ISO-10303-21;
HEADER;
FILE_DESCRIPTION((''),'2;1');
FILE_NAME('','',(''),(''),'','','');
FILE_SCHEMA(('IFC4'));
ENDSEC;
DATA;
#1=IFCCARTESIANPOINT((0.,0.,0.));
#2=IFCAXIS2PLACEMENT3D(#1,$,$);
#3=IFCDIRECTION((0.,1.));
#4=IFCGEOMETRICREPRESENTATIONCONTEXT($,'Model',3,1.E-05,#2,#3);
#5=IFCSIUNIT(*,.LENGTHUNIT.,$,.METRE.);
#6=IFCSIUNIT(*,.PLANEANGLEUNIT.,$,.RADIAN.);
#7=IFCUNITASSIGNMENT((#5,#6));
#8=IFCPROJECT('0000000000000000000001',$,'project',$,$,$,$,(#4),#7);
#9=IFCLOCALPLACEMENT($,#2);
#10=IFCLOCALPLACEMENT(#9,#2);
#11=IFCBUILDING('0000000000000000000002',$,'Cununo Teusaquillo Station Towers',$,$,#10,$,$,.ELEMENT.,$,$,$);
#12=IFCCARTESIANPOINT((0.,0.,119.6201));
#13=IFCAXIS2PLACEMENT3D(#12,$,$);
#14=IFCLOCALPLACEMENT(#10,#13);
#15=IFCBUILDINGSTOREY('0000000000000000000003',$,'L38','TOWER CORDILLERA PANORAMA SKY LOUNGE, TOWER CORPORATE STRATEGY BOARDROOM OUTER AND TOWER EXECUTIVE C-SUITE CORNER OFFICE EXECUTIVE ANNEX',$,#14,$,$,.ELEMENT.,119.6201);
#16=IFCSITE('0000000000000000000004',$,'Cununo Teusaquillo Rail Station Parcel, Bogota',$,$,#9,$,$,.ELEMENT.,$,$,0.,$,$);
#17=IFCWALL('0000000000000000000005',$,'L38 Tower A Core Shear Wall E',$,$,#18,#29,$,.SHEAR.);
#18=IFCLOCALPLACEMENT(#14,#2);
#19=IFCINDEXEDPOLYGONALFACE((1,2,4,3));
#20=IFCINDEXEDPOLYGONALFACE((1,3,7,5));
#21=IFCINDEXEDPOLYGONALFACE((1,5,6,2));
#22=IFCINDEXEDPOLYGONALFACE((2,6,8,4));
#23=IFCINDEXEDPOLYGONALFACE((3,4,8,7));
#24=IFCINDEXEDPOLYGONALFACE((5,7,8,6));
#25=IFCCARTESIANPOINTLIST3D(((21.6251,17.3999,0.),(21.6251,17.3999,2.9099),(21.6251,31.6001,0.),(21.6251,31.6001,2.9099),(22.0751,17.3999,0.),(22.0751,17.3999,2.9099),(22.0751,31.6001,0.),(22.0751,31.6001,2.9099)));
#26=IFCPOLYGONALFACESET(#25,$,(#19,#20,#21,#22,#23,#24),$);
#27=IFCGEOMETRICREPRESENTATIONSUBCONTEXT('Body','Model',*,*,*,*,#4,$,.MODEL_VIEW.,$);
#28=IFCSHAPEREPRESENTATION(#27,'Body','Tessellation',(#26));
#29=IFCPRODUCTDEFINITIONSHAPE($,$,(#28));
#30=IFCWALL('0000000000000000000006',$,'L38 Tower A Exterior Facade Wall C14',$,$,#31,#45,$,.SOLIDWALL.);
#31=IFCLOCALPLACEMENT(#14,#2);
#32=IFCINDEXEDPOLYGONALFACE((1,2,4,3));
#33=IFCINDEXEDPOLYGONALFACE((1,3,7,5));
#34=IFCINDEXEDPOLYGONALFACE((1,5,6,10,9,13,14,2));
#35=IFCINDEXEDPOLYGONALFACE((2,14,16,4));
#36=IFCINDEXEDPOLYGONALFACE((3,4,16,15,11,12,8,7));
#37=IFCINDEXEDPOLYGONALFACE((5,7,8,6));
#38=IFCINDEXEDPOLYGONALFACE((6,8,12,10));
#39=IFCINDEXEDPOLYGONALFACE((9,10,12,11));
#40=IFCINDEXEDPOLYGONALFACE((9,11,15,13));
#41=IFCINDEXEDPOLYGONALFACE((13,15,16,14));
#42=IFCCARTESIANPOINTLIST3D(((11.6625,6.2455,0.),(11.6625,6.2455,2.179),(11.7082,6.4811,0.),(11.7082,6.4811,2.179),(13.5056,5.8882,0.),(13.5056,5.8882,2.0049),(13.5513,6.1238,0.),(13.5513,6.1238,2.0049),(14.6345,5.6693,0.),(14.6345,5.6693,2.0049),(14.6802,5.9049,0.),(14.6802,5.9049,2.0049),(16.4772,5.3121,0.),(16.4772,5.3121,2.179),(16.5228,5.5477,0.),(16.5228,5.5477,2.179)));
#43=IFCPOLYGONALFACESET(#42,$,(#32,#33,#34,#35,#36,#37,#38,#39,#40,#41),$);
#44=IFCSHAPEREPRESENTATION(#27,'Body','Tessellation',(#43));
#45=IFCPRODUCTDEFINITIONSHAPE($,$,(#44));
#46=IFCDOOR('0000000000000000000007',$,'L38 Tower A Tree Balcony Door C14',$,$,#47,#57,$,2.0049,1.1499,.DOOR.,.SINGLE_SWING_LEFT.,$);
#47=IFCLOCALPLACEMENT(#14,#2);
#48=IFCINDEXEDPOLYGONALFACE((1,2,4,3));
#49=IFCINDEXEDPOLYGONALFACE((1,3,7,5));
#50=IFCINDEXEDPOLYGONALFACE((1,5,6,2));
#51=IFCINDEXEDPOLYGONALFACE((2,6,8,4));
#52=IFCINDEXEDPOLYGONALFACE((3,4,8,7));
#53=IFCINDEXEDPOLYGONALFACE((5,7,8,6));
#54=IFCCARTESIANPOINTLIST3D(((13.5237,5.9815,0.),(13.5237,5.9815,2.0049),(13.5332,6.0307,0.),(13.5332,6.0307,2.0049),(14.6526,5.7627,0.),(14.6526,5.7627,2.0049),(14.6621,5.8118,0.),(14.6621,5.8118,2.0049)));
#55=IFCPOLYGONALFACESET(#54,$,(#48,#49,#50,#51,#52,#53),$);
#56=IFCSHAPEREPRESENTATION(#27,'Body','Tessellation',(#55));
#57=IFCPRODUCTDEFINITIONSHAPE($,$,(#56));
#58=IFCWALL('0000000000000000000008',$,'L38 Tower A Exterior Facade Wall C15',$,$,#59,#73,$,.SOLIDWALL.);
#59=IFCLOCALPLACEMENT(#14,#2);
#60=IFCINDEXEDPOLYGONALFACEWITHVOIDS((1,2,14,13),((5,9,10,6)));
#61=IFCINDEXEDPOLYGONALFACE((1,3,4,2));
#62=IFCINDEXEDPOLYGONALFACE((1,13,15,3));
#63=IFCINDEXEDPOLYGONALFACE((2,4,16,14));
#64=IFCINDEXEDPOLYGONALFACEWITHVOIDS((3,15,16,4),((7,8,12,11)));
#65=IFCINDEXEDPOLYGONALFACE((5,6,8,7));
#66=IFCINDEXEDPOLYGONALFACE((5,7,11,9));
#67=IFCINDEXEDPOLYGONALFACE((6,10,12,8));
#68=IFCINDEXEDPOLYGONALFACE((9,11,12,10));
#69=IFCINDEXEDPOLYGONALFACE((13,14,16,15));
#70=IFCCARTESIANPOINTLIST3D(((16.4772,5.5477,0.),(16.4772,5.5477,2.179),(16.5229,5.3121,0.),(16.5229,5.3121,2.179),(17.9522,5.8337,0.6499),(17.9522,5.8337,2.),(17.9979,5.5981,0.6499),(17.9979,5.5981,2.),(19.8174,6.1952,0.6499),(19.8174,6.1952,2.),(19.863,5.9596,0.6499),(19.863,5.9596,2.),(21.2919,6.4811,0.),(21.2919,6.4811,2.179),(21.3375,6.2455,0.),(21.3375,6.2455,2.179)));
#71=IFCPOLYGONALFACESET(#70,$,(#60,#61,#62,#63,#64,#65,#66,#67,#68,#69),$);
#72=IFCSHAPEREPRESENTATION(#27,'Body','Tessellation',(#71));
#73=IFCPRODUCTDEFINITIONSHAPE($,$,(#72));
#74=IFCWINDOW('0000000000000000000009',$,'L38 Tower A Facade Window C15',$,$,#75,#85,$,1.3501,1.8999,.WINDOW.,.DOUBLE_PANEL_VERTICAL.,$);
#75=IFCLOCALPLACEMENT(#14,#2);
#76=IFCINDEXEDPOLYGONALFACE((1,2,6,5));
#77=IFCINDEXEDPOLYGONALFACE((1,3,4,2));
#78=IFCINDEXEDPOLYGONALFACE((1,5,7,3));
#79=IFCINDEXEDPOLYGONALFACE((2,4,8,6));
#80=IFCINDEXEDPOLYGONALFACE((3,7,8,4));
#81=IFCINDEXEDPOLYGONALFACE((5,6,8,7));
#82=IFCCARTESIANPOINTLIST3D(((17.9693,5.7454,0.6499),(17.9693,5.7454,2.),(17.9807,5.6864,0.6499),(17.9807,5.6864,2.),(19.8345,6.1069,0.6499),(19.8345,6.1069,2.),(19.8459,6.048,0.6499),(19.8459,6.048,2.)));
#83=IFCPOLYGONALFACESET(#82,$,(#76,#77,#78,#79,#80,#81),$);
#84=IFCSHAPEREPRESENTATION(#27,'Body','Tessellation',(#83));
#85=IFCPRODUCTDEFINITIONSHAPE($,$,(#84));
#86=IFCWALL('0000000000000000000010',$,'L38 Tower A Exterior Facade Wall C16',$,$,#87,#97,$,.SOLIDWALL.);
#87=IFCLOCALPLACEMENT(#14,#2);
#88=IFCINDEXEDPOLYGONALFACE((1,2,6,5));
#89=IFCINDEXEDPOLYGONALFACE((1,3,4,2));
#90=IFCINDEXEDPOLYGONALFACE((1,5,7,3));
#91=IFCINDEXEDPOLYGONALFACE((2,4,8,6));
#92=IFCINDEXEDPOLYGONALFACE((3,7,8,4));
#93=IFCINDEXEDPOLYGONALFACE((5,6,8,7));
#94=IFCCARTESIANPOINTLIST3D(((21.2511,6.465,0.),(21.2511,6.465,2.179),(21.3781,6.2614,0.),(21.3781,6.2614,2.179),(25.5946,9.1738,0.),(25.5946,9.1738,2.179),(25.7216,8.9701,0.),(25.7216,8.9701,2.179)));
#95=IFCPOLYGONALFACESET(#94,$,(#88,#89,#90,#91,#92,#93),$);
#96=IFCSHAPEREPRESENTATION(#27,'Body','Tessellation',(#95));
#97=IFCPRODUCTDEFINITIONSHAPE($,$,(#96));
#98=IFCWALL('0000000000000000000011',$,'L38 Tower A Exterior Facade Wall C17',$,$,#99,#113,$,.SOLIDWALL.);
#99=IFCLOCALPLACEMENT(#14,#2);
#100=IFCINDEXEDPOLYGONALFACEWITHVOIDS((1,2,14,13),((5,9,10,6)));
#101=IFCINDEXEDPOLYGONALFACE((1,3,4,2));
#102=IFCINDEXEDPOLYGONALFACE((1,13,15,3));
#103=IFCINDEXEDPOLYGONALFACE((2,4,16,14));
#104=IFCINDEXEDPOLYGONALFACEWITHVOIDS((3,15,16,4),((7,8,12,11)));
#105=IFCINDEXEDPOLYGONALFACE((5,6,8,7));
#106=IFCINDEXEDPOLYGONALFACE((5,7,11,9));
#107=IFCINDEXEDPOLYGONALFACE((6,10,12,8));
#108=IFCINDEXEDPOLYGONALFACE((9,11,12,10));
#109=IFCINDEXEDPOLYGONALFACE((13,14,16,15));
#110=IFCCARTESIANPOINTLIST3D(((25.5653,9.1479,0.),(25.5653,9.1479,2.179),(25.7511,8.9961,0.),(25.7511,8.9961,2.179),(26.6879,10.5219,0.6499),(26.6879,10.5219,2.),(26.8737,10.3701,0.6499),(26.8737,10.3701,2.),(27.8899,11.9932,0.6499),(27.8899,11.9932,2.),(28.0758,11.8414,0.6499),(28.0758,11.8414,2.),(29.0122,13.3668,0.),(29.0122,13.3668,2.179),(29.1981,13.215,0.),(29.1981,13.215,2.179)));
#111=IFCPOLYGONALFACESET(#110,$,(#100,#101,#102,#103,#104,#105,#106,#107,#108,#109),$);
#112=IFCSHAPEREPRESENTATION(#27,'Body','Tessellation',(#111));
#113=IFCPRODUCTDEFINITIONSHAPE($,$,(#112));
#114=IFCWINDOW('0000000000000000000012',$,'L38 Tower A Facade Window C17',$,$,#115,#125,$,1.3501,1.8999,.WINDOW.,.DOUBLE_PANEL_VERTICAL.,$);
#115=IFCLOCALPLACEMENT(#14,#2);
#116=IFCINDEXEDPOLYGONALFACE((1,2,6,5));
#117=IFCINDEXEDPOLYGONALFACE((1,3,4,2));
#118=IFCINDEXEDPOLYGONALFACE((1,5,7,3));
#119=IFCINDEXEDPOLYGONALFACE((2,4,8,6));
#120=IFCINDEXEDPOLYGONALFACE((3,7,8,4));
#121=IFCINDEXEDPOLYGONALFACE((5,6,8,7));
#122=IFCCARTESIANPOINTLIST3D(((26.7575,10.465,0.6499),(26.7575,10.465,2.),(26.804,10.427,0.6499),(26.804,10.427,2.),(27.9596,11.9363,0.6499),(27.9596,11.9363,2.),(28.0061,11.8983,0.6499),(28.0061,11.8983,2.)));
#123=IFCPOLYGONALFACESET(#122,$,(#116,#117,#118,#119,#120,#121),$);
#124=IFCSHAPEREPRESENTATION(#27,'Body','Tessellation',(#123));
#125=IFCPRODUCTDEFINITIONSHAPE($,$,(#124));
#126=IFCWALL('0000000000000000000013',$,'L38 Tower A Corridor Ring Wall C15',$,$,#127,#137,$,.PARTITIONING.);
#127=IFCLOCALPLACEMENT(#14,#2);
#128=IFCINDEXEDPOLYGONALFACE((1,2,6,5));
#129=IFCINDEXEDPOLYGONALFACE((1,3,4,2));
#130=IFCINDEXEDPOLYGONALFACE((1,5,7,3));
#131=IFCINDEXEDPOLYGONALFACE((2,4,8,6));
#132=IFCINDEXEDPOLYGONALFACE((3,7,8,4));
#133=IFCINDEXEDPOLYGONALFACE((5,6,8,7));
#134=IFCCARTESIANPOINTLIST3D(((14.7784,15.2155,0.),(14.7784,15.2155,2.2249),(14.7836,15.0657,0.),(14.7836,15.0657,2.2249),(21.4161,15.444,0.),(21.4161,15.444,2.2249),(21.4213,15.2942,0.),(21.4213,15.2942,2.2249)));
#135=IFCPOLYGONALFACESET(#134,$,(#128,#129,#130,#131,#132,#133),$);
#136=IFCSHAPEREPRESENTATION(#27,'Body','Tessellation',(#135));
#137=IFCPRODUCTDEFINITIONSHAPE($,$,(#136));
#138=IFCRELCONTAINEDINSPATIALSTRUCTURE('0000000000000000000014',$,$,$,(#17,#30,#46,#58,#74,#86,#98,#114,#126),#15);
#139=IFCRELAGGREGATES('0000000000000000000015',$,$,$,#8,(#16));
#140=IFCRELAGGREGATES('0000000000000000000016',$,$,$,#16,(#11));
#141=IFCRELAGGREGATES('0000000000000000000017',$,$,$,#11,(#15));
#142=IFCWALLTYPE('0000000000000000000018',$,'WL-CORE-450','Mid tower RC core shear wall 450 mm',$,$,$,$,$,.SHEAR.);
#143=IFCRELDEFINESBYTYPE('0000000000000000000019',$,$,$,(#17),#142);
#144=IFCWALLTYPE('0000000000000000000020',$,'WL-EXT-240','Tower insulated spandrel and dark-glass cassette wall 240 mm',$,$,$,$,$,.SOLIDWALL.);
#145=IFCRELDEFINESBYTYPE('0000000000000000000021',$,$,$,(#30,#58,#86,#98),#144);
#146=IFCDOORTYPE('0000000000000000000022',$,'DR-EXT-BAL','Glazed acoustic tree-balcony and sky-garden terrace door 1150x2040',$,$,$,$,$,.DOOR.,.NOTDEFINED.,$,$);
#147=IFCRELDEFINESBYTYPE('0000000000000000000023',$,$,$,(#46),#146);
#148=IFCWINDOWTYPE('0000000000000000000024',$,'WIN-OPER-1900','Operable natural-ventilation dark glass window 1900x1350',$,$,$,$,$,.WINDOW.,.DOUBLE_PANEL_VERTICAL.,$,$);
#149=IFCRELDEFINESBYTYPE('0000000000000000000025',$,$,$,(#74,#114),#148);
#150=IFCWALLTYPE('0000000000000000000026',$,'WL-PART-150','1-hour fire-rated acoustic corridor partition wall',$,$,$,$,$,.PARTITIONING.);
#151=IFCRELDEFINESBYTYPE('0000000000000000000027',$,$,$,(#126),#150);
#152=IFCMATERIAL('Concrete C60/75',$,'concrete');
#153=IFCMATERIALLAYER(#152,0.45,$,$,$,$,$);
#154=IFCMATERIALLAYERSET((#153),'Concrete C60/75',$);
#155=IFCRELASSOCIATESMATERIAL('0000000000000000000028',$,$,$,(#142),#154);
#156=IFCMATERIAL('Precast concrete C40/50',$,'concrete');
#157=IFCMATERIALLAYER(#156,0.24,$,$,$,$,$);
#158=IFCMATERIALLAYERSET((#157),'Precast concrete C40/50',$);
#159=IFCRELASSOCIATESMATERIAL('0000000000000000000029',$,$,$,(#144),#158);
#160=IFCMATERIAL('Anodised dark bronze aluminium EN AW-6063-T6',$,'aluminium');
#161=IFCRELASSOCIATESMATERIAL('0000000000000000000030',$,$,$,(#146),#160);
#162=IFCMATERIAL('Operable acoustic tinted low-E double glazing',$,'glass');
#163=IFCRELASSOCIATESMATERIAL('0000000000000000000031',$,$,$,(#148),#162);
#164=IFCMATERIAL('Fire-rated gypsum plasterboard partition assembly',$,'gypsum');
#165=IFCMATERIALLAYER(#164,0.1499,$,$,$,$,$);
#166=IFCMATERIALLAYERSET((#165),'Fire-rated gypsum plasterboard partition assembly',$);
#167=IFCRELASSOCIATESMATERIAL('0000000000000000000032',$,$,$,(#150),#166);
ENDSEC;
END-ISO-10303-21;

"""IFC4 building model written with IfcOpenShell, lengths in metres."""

from ifc_helpers import new_model, si_unit, direction, frame, frame_2d, origin, place, context, subcontext, project, spatial, rectangle, extrude, source, transform, mapped, material, layer, layer_set, type_object, element, fill, save


model = new_model("IFC4")

# Units and contexts
model_context = context("Model", 3, precision=1e-05, world=origin(), true_north=direction((0.0, 1.0)))
body_context = subcontext(model_context, "Body", "Model", "MODEL_VIEW")
ifc_project = project(units=[si_unit("LENGTHUNIT", "METRE"), si_unit("PLANEANGLEUNIT", "RADIAN")], contexts=[model_context])

# Site, building, storey
site_placement = place(None, origin())
site = spatial("IfcSite", under=ifc_project, at=site_placement, Name="Cununo Teusaquillo Rail Station Parcel, Bogota", CompositionType="ELEMENT", RefElevation=0.0)
building_placement = place(site_placement, origin())
building = spatial("IfcBuilding", under=site, at=building_placement, Name="Cununo Teusaquillo Station Towers", CompositionType="ELEMENT")
storey_placement = place(building_placement, frame((0.0, 0.0, 119.6201)))
storey = spatial("IfcBuildingStorey", under=building, at=storey_placement, Name="L38", Description="TOWER CORDILLERA PANORAMA SKY LOUNGE, TOWER CORPORATE STRATEGY BOARDROOM OUTER AND TOWER EXECUTIVE C-SUITE CORNER OFFICE EXECUTIVE ANNEX", CompositionType="ELEMENT", Elevation=119.6201)

# Wall
ifc_material_1 = material(Name="Concrete C60/75", Category="concrete")
ifc_layer_1 = layer(ifc_material_1, 0.45)
ifc_layer_set_1 = layer_set([ifc_layer_1], Name="Concrete C60/75")
wall_type_1 = type_object("IfcWallType", Name="WL-CORE-450", Description="Mid tower RC core shear wall 450 mm", PredefinedType="SHEAR", material=ifc_layer_set_1)
wall_1_placement = place(storey_placement, frame((21.8501, 17.3999, 0.0), z_axis=(0.0, 0.0, 1.0), x_axis=(0.0, 1.0, 0.0)))
element("IfcWall", 1, at=wall_1_placement, inside=storey, type_object=wall_type_1, Name="L38 Tower A Core Shear Wall E", PredefinedType="SHEAR", context=body_context, shape_type="SweptSolid", body=[
    extrude(rectangle(XDim=14.2002, YDim=0.45, at=frame_2d((7.1001, 0.0))), origin(), (0.0, 0.0, 1.0), 2.9099),
])

# Wall, opening, door
ifc_material_2 = material(Name="Precast concrete C40/50", Category="concrete")
ifc_layer_2 = layer(ifc_material_2, 0.24)
ifc_layer_set_2 = layer_set([ifc_layer_2], Name="Precast concrete C40/50")
wall_type_2 = type_object("IfcWallType", Name="WL-EXT-240", Description="Tower insulated spandrel and dark-glass cassette wall 240 mm", PredefinedType="SOLIDWALL", material=ifc_layer_set_2)
wall_2_placement = place(storey_placement, frame((16.5, 5.4299, 0.0), z_axis=(0.0, 0.0, 1.0), x_axis=(-0.981724, 0.190311, 0.0)))
wall_2 = element("IfcWall", 2, at=wall_2_placement, inside=storey, type_object=wall_type_2, Name="L38 Tower A Exterior Facade Wall C14", PredefinedType="SOLIDWALL", context=body_context, shape_type="SweptSolid", body=[
    extrude(rectangle(XDim=4.9043, YDim=0.24, at=frame_2d((2.4521, 0.0))), origin(), (0.0, 0.0, 1.0), 2.179),
])
shared_shape_1 = source(origin(), body_context, "Body", "SweptSolid", [
    extrude(rectangle(XDim=1.1499, YDim=2.0049, at=frame_2d((0.575, 1.0024))), frame((0.0, 0.1299, 0.0), z_axis=(0.0, -1.0, 0.0), x_axis=(1.0, 0.0, 0.0)), (0.0, 0.0, 1.0), 0.26),
])
opening_1_placement = place(wall_2_placement, frame((1.877, 0.0, 0.0)))
opening_1 = element("IfcOpeningElement", 3, at=opening_1_placement, cuts=wall_2, PredefinedType="OPENING", context=body_context, shape_type="MappedRepresentation", body=[
    mapped(shared_shape_1, transform((0.0, 0.0, 0.0), x_axis=(1.0, 0.0, 0.0), y_axis=(0.0, 1.0, 0.0), z_axis=(0.0, 0.0, 1.0), scale=1.0)),
])
ifc_material_3 = material(Name="Anodised dark bronze aluminium EN AW-6063-T6", Category="aluminium")
door_type_1 = type_object("IfcDoorType", Name="DR-EXT-BAL", Description="Glazed acoustic tree-balcony and sky-garden terrace door 1150x2040", OperationType="NOTDEFINED", PredefinedType="DOOR", material=ifc_material_3)
shared_shape_2 = source(origin(), body_context, "Body", "SweptSolid", [
    extrude(rectangle(XDim=1.1499, YDim=2.0049, at=frame_2d((0.575, 1.0024))), frame((0.0, 0.0249, 0.0), z_axis=(0.0, -1.0, 0.0), x_axis=(1.0, 0.0, 0.0)), (0.0, 0.0, 1.0), 0.05),
])
door_1_placement = place(opening_1_placement, origin())
door_1 = element("IfcDoor", 4, at=door_1_placement, inside=storey, type_object=door_type_1, Name="L38 Tower A Tree Balcony Door C14", OperationType="SINGLE_SWING_LEFT", OverallHeight=2.0049, OverallWidth=1.1499, PredefinedType="DOOR", context=body_context, shape_type="MappedRepresentation", body=[
    mapped(shared_shape_2, transform((0.0, 0.0, 0.0), x_axis=(1.0, 0.0, 0.0), y_axis=(0.0, 1.0, 0.0), z_axis=(0.0, 0.0, 1.0), scale=1.0)),
])
fill(opening_1, door_1)

# Wall, opening, window
wall_3_placement = place(storey_placement, frame((21.3147, 6.3633, 0.0), z_axis=(0.0, 0.0, 1.0), x_axis=(-0.981724, -0.190311, 0.0)))
wall_3 = element("IfcWall", 5, at=wall_3_placement, inside=storey, type_object=wall_type_2, Name="L38 Tower A Exterior Facade Wall C15", PredefinedType="SOLIDWALL", context=body_context, shape_type="SweptSolid", body=[
    extrude(rectangle(XDim=4.9043, YDim=0.24, at=frame_2d((2.4521, 0.0))), origin(), (0.0, 0.0, 1.0), 2.179),
])
shared_shape_3 = source(origin(), body_context, "Body", "SweptSolid", [
    extrude(rectangle(XDim=1.8999, YDim=1.3501, at=frame_2d((0.95, 0.675))), frame((0.0, 0.1299, 0.0), z_axis=(0.0, -1.0, 0.0), x_axis=(1.0, 0.0, 0.0)), (0.0, 0.0, 1.0), 0.26),
])
opening_2_placement = place(wall_3_placement, frame((1.502, 0.0, 0.6499)))
opening_2 = element("IfcOpeningElement", 6, at=opening_2_placement, cuts=wall_3, PredefinedType="OPENING", context=body_context, shape_type="MappedRepresentation", body=[
    mapped(shared_shape_3, transform((0.0, 0.0, 0.0), x_axis=(1.0, 0.0, 0.0), y_axis=(0.0, 1.0, 0.0), z_axis=(0.0, 0.0, 1.0), scale=1.0)),
])
ifc_material_4 = material(Name="Operable acoustic tinted low-E double glazing", Category="glass")
window_type = type_object("IfcWindowType", Name="WIN-OPER-1900", Description="Operable natural-ventilation dark glass window 1900x1350", PartitioningType="DOUBLE_PANEL_VERTICAL", PredefinedType="WINDOW", material=ifc_material_4)
shared_shape_4 = source(origin(), body_context, "Body", "SweptSolid", [
    extrude(rectangle(XDim=1.8999, YDim=1.3501, at=frame_2d((0.95, 0.675))), frame((0.0, 0.03, 0.0), z_axis=(0.0, -1.0, 0.0), x_axis=(1.0, 0.0, 0.0)), (0.0, 0.0, 1.0), 0.0601),
])
window_1_placement = place(opening_2_placement, origin())
window_1 = element("IfcWindow", 7, at=window_1_placement, inside=storey, type_object=window_type, Name="L38 Tower A Facade Window C15", OverallHeight=1.3501, OverallWidth=1.8999, PartitioningType="DOUBLE_PANEL_VERTICAL", PredefinedType="WINDOW", context=body_context, shape_type="MappedRepresentation", body=[
    mapped(shared_shape_4, transform((0.0, 0.0, 0.0), x_axis=(1.0, 0.0, 0.0), y_axis=(0.0, 1.0, 0.0), z_axis=(0.0, 0.0, 1.0), scale=1.0)),
])
fill(opening_2, window_1)

# Wall
wall_4_placement = place(storey_placement, frame((25.6582, 9.072, 0.0), z_axis=(0.0, 0.0, 1.0), x_axis=(-0.84852, -0.529163, 0.0)))
element("IfcWall", 8, at=wall_4_placement, inside=storey, type_object=wall_type_2, Name="L38 Tower A Exterior Facade Wall C16", PredefinedType="SOLIDWALL", context=body_context, shape_type="SweptSolid", body=[
    extrude(rectangle(XDim=5.1189, YDim=0.24, at=frame_2d((2.5596, 0.0))), origin(), (0.0, 0.0, 1.0), 2.179),
])

# Wall, opening, window
wall_5_placement = place(storey_placement, frame((29.1052, 13.291, 0.0), z_axis=(0.0, 0.0, 1.0), x_axis=(-0.632701, -0.774396, 0.0)))
wall_5 = element("IfcWall", 9, at=wall_5_placement, inside=storey, type_object=wall_type_2, Name="L38 Tower A Exterior Facade Wall C17", PredefinedType="SOLIDWALL", context=body_context, shape_type="SweptSolid", body=[
    extrude(rectangle(XDim=5.448, YDim=0.24, at=frame_2d((2.7241, 0.0))), origin(), (0.0, 0.0, 1.0), 2.179),
])
opening_3_placement = place(wall_5_placement, frame((1.7739, 0.0, 0.6499)))
opening_3 = element("IfcOpeningElement", 10, at=opening_3_placement, cuts=wall_5, PredefinedType="OPENING", context=body_context, shape_type="MappedRepresentation", body=[
    mapped(shared_shape_3, transform((0.0, 0.0, 0.0), x_axis=(1.0, 0.0, 0.0), y_axis=(0.0, 1.0, 0.0), z_axis=(0.0, 0.0, 1.0), scale=1.0)),
])
window_2_placement = place(opening_3_placement, origin())
window_2 = element("IfcWindow", 11, at=window_2_placement, inside=storey, type_object=window_type, Name="L38 Tower A Facade Window C17", OverallHeight=1.3501, OverallWidth=1.8999, PartitioningType="DOUBLE_PANEL_VERTICAL", PredefinedType="WINDOW", context=body_context, shape_type="MappedRepresentation", body=[
    mapped(shared_shape_4, transform((0.0, 0.0, 0.0), x_axis=(1.0, 0.0, 0.0), y_axis=(0.0, 1.0, 0.0), z_axis=(0.0, 0.0, 1.0), scale=1.0)),
])
fill(opening_3, window_2)

# Wall
ifc_material_5 = material(Name="Fire-rated gypsum plasterboard partition assembly", Category="gypsum")
ifc_layer_3 = layer(ifc_material_5, 0.1499)
ifc_layer_set_3 = layer_set([ifc_layer_3], Name="Fire-rated gypsum plasterboard partition assembly")
wall_type_3 = type_object("IfcWallType", Name="WL-PART-150", Description="1-hour fire-rated acoustic corridor partition wall", PredefinedType="PARTITIONING", material=ifc_layer_set_3)
wall_6_placement = place(storey_placement, frame((14.781, 15.1406, 0.0), z_axis=(0.0, 0.0, 1.0), x_axis=(0.999408, 0.034407, 0.0)))
element("IfcWall", 12, at=wall_6_placement, inside=storey, type_object=wall_type_3, Name="L38 Tower A Corridor Ring Wall C15", PredefinedType="PARTITIONING", context=body_context, shape_type="SweptSolid", body=[
    extrude(rectangle(XDim=6.6416, YDim=0.1499, at=frame_2d((3.3208, 0.0))), origin(), (0.0, 0.0, 1.0), 2.2249),
])

save(model, "model.ifc")
